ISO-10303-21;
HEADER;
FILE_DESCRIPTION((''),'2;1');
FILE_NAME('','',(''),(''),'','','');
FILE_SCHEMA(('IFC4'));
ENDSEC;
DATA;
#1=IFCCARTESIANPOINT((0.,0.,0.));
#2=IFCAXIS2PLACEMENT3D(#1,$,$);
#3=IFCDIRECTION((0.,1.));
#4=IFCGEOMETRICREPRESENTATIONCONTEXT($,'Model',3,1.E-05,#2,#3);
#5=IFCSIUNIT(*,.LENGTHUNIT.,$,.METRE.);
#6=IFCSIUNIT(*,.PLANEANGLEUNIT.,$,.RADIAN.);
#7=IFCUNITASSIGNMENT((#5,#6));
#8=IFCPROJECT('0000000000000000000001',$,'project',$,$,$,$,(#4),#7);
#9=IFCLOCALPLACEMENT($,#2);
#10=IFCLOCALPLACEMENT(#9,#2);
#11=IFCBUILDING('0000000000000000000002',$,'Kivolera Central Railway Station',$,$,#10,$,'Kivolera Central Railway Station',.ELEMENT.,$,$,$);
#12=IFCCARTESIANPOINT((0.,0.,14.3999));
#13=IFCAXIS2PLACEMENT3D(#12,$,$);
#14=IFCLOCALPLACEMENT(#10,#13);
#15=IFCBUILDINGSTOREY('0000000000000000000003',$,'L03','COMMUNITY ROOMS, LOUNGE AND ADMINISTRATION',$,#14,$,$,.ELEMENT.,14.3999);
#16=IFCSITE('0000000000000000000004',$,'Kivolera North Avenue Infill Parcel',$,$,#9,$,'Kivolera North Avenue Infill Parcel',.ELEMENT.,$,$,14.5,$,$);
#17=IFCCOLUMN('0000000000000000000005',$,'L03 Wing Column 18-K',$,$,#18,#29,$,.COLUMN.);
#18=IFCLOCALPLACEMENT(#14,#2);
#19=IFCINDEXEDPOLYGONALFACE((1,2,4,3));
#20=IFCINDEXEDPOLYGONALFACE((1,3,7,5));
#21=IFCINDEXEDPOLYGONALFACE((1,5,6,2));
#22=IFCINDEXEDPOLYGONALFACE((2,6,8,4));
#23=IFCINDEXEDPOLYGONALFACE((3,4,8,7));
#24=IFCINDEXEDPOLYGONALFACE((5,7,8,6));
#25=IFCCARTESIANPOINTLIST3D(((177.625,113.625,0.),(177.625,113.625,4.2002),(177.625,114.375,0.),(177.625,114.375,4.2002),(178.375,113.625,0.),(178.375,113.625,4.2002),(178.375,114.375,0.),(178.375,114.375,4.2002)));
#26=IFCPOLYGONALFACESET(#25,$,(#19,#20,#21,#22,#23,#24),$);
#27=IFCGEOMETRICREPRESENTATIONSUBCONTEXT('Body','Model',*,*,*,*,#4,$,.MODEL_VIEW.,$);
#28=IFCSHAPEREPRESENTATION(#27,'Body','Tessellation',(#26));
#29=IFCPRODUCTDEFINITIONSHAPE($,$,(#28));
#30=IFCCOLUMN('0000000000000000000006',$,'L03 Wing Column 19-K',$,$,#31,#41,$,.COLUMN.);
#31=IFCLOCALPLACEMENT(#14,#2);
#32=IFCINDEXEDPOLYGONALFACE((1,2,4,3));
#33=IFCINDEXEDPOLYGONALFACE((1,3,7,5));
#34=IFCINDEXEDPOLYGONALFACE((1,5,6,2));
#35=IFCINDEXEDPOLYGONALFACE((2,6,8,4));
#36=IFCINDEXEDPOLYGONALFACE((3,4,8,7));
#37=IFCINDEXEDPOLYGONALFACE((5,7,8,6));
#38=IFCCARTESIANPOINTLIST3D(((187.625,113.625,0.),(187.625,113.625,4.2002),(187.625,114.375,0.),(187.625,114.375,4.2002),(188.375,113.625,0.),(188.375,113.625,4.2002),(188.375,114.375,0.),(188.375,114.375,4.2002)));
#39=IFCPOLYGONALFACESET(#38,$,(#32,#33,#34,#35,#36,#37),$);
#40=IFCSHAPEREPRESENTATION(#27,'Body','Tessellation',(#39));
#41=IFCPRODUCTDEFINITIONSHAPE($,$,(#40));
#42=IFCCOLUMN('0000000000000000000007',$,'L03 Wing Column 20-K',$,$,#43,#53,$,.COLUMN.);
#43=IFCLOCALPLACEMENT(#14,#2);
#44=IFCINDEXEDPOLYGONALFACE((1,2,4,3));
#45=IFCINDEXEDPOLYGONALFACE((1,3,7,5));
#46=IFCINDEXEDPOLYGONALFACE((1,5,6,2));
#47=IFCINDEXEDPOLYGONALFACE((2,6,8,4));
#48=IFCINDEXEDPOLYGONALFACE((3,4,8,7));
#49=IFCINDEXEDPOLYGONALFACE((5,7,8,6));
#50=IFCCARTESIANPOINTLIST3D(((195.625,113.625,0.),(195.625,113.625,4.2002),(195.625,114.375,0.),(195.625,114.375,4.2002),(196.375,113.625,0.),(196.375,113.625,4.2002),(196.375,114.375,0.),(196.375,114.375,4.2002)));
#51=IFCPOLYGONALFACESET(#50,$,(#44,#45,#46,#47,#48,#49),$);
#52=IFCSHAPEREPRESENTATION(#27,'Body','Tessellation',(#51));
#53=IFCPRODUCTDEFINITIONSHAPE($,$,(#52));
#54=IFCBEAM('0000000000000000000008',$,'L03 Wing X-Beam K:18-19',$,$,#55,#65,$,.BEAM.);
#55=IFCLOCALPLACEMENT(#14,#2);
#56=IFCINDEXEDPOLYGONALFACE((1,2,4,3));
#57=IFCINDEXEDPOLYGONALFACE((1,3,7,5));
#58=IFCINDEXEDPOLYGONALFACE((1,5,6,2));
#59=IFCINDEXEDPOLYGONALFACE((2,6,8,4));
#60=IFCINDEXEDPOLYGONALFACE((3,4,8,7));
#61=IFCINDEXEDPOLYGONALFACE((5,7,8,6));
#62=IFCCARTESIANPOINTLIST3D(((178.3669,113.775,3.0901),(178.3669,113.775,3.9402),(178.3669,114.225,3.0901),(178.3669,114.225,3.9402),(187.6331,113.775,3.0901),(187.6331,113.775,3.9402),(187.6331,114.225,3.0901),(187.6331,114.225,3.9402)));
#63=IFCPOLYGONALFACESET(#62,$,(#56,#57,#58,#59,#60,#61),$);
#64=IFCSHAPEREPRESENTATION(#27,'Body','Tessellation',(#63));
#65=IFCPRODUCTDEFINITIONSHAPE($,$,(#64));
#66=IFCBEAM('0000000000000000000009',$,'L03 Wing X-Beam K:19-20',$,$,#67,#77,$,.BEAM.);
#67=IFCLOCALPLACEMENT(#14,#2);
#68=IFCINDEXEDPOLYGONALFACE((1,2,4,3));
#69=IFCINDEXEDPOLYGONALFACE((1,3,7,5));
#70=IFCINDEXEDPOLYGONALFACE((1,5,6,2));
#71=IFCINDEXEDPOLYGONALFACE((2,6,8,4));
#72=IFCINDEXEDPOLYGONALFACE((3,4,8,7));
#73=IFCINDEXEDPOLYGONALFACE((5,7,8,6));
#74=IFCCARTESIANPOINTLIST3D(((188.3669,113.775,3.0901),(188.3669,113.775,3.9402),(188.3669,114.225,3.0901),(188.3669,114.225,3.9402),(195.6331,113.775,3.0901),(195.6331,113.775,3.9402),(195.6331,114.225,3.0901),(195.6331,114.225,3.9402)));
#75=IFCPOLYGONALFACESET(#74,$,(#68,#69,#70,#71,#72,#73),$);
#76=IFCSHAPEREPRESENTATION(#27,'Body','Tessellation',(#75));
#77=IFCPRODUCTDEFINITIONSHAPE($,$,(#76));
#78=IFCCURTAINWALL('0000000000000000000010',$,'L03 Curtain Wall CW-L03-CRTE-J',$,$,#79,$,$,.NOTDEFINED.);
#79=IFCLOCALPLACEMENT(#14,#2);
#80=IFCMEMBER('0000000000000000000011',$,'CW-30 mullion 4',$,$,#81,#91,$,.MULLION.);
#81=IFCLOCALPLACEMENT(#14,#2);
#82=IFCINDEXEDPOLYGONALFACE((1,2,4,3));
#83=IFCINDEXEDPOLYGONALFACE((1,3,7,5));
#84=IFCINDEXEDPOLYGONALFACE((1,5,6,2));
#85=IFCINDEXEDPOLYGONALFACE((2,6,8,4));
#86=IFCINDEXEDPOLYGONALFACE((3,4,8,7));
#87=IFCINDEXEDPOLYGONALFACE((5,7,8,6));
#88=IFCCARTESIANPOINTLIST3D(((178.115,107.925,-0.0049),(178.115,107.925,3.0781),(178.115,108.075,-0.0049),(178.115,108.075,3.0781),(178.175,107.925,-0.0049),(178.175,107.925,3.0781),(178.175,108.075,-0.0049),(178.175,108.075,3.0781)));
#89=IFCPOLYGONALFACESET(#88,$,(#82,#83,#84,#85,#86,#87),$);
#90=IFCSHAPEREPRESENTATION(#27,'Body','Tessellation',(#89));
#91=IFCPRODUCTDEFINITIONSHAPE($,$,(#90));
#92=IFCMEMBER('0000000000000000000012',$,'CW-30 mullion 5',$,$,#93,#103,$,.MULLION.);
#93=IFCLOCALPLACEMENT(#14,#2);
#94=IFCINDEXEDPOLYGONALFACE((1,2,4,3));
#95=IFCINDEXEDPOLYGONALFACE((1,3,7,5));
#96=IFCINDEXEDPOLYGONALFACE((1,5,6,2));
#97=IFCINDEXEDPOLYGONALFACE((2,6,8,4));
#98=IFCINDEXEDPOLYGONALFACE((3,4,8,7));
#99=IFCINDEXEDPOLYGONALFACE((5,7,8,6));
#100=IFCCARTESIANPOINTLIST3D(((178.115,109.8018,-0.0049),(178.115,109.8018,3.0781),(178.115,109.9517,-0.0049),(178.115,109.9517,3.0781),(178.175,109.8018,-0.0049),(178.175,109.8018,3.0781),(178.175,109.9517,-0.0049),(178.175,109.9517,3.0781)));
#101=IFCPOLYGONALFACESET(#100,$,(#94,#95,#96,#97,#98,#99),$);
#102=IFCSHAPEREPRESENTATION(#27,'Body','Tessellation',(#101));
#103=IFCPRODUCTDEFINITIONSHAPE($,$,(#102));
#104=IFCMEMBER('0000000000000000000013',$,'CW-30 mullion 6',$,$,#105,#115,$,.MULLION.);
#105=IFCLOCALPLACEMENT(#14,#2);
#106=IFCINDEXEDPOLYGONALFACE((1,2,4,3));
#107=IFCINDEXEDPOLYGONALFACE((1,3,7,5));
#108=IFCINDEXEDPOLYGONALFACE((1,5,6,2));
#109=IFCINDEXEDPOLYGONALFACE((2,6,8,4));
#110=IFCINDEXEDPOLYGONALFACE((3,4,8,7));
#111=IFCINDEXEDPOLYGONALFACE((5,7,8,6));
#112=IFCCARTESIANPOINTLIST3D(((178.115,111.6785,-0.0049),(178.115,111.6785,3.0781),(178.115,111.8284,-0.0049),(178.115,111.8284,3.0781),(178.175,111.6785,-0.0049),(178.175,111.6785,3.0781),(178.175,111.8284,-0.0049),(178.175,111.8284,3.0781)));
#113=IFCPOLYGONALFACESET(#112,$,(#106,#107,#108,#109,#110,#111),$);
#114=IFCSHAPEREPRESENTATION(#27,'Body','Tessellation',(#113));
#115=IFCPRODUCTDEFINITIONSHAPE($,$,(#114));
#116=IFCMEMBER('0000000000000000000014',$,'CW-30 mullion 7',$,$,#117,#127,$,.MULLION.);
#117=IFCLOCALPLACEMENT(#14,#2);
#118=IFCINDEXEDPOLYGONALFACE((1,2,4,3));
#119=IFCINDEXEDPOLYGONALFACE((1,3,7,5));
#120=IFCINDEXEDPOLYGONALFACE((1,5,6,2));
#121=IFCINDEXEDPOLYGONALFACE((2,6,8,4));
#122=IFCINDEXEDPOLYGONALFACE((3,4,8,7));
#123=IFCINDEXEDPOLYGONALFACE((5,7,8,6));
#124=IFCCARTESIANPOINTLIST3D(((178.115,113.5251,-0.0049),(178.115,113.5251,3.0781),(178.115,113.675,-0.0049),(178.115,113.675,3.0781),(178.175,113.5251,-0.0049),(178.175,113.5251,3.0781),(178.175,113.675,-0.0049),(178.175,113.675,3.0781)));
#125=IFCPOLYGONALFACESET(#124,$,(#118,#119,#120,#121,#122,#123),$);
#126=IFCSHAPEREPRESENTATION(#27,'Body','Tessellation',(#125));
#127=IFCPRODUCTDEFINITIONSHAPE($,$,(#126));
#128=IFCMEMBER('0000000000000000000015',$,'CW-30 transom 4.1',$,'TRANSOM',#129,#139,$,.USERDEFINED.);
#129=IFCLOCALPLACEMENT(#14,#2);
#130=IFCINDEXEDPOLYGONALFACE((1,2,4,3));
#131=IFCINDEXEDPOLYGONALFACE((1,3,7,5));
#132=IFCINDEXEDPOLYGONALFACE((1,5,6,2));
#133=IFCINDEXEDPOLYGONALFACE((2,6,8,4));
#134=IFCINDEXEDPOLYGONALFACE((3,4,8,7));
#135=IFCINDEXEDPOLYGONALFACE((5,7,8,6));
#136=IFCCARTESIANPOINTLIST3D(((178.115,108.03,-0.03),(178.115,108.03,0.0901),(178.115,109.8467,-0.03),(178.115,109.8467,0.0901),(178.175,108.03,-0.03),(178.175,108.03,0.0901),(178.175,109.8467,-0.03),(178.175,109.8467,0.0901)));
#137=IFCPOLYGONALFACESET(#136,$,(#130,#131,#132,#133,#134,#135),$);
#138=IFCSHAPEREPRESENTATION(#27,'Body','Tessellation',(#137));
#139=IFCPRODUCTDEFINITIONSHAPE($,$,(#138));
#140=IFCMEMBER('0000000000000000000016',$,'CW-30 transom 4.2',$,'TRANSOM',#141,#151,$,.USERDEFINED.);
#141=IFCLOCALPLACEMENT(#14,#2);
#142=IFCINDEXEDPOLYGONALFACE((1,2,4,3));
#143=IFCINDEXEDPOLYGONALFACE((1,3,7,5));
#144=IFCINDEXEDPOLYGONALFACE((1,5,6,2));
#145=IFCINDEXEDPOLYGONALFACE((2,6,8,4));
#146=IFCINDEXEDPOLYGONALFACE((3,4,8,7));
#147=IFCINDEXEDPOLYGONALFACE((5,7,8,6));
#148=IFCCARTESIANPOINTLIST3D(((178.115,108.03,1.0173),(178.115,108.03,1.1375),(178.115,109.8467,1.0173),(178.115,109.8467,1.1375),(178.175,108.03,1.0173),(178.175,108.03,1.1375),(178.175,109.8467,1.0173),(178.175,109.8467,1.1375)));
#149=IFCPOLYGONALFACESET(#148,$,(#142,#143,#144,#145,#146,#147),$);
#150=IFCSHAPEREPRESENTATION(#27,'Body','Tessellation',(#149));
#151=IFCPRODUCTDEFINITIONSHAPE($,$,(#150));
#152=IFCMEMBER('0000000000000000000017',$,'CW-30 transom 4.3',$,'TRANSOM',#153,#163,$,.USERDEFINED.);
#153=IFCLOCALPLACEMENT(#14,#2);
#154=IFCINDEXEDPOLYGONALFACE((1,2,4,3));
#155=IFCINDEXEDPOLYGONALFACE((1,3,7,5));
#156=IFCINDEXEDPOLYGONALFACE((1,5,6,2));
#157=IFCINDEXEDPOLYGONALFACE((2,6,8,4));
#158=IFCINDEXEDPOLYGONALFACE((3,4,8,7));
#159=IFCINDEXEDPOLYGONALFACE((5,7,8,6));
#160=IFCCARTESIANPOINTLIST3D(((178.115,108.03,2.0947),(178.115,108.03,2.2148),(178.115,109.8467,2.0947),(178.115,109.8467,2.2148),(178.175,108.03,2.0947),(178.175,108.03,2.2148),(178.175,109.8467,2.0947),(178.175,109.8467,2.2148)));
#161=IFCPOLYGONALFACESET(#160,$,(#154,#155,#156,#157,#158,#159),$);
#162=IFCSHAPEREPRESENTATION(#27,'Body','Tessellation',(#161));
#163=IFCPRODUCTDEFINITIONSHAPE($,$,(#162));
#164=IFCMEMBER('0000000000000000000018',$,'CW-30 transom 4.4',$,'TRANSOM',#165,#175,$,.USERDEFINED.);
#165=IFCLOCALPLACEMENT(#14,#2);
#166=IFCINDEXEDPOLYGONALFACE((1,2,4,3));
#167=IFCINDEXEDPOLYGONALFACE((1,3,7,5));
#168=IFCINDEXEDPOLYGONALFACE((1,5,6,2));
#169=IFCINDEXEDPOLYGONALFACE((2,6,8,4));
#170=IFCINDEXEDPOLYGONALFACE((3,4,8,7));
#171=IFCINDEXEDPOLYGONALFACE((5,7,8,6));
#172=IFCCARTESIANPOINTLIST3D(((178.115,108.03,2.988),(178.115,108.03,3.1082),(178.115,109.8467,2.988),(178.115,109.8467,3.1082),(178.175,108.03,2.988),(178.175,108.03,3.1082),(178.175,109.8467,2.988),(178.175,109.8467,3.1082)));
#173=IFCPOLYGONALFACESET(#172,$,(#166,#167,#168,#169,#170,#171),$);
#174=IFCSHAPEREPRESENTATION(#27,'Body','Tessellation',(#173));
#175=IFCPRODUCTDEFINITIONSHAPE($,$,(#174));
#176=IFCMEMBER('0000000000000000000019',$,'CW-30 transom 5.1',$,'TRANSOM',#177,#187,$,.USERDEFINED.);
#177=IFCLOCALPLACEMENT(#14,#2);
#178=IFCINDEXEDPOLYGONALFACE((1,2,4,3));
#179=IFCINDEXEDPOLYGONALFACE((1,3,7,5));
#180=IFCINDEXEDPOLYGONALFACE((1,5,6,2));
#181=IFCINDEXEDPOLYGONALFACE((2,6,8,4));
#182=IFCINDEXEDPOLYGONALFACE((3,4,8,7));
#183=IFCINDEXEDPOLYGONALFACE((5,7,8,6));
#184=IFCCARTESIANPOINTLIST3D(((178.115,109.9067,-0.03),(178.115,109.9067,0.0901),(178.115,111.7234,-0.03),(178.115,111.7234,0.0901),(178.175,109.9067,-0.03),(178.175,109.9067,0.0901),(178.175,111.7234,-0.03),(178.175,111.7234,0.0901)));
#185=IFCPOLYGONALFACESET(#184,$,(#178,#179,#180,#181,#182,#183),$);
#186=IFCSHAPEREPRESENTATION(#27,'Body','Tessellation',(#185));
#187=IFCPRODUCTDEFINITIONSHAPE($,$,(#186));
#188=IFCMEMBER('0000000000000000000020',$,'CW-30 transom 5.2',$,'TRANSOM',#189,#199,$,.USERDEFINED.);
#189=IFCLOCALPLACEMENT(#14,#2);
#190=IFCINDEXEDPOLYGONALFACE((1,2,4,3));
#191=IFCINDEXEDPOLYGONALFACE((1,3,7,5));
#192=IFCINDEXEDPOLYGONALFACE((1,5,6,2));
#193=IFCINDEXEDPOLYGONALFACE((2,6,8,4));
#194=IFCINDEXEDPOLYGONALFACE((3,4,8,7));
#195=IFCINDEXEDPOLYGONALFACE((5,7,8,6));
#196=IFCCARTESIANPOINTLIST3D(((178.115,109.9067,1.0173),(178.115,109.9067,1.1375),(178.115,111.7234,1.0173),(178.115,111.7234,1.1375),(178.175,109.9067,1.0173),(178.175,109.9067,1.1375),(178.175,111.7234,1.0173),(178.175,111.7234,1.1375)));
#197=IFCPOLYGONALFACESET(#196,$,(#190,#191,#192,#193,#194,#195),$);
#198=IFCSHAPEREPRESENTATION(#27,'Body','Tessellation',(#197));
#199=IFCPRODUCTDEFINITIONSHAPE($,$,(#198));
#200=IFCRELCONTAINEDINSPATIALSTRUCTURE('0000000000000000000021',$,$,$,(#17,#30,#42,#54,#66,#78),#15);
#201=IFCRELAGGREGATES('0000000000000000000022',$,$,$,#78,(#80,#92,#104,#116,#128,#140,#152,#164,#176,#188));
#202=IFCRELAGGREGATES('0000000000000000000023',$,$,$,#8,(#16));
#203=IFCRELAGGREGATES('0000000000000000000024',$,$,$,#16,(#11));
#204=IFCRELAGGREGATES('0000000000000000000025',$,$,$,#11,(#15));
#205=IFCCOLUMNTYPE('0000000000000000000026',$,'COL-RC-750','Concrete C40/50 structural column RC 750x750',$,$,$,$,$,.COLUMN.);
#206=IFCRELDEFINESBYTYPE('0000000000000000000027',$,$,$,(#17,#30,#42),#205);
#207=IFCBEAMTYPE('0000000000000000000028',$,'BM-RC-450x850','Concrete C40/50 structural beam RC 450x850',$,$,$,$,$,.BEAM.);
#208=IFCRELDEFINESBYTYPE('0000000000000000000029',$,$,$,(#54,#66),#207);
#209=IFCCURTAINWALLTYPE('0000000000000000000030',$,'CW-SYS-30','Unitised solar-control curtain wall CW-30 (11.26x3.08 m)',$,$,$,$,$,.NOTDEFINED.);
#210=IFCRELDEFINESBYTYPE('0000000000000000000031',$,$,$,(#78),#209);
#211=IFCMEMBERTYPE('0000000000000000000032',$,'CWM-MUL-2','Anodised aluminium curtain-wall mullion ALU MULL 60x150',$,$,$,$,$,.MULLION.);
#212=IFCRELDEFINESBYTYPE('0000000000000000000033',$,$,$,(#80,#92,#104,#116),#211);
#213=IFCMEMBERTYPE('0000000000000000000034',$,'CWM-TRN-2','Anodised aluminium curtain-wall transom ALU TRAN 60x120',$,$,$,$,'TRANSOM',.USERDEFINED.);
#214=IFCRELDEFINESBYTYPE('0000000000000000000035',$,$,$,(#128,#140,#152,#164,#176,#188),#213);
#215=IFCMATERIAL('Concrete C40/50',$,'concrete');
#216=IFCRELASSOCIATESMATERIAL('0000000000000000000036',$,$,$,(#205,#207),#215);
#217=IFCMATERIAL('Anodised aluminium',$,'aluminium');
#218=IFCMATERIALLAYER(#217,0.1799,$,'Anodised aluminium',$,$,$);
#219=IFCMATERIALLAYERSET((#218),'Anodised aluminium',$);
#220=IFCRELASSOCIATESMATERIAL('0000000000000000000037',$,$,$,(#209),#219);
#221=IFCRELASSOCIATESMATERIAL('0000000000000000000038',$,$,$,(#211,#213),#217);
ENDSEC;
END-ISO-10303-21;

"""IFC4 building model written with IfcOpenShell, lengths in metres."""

from ifc_helpers import new_model, si_unit, direction, frame, origin, origin_2d, place, context, subcontext, project, spatial, rectangle, extrude, material, layer, layer_set, material_profile, profile_set, type_object, element, aggregate, save


model = new_model("IFC4")

# Units and contexts
model_context = context("Model", 3, precision=1e-05, world=origin(), true_north=direction((0.0, 1.0)))
body_context = subcontext(model_context, "Body", "Model", "MODEL_VIEW")
ifc_project = project(units=[si_unit("LENGTHUNIT", "METRE"), si_unit("PLANEANGLEUNIT", "RADIAN")], contexts=[model_context])

# Site, building, storey
site_placement = place(None, origin())
site = spatial("IfcSite", under=ifc_project, at=site_placement, Name="Kivolera North Avenue Infill Parcel", LongName="Kivolera North Avenue Infill Parcel", CompositionType="ELEMENT", RefElevation=14.5)
building_placement = place(site_placement, origin())
building = spatial("IfcBuilding", under=site, at=building_placement, Name="Kivolera Central Railway Station", LongName="Kivolera Central Railway Station", CompositionType="ELEMENT")
storey_placement = place(building_placement, frame((0.0, 0.0, 14.3999)))
storey = spatial("IfcBuildingStorey", under=building, at=storey_placement, Name="L03", Description="COMMUNITY ROOMS, LOUNGE AND ADMINISTRATION", CompositionType="ELEMENT", Elevation=14.3999)

# Columns
ifc_material_1 = material(Name="Concrete C40/50", Category="concrete")
ifc_material_profile_1 = material_profile(ifc_material_1, rectangle(XDim=0.75, YDim=0.75, at=origin_2d()), Name="RC 750x750")
ifc_profile_set_1 = profile_set([ifc_material_profile_1], Name="Concrete C40/50")
column_type = type_object("IfcColumnType", Name="COL-RC-750", Description="Concrete C40/50 structural column RC 750x750", PredefinedType="COLUMN", material=ifc_profile_set_1)
for number, where, z_axis, x_axis, name in (
    (1, (178.0, 114.0, 0.0), (0.0, 0.0, 1.0), (1.0, 0.0, 0.0), "L03 Wing Column 18-K"),
    (2, (188.0, 114.0, 0.0), (0.0, 0.0, 1.0), (1.0, 0.0, 0.0), "L03 Wing Column 19-K"),
    (3, (196.0, 114.0, 0.0), (0.0, 0.0, 1.0), (1.0, 0.0, 0.0), "L03 Wing Column 20-K"),
):
    element("IfcColumn", number, at=place(storey_placement, frame(where, z_axis=z_axis, x_axis=x_axis)), inside=storey, type_object=column_type, Name=name, PredefinedType="COLUMN", context=body_context, shape_type="SweptSolid", body=[
        extrude(rectangle(XDim=0.75, YDim=0.75, at=origin_2d()), origin(), (0.0, 0.0, 1.0), 4.2002),
    ])

# Beams
ifc_material_profile_2 = material_profile(ifc_material_1, rectangle(XDim=0.45, YDim=0.8501, at=origin_2d()), Name="RC 450x850")
ifc_profile_set_2 = profile_set([ifc_material_profile_2], Name="Concrete C40/50")
beam_type = type_object("IfcBeamType", Name="BM-RC-450x850", Description="Concrete C40/50 structural beam RC 450x850", PredefinedType="BEAM", material=ifc_profile_set_2)
beam_1_placement = place(storey_placement, frame((178.3669, 114.0, 3.5151), z_axis=(1.0, 0.0, 0.0), x_axis=(0.0, 1.0, 0.0)))
element("IfcBeam", 4, at=beam_1_placement, inside=storey, type_object=beam_type, Name="L03 Wing X-Beam K:18-19", PredefinedType="BEAM", context=body_context, shape_type="SweptSolid", body=[
    extrude(rectangle(XDim=0.45, YDim=0.8501, at=origin_2d()), origin(), (0.0, 0.0, 1.0), 9.2661),
])
beam_2_placement = place(storey_placement, frame((188.3669, 114.0, 3.5151), z_axis=(1.0, 0.0, 0.0), x_axis=(0.0, 1.0, 0.0)))
element("IfcBeam", 5, at=beam_2_placement, inside=storey, type_object=beam_type, Name="L03 Wing X-Beam K:19-20", PredefinedType="BEAM", context=body_context, shape_type="SweptSolid", body=[
    extrude(rectangle(XDim=0.45, YDim=0.8501, at=origin_2d()), origin(), (0.0, 0.0, 1.0), 7.2661),
])

# Curtain wall, members
ifc_material_2 = material(Name="Anodised aluminium", Category="aluminium")
ifc_layer_1 = layer(ifc_material_2, 0.1799, Name="Anodised aluminium")
ifc_layer_set_1 = layer_set([ifc_layer_1], Name="Anodised aluminium")
curtain_wall_type = type_object("IfcCurtainWallType", Name="CW-SYS-30", Description="Unitised solar-control curtain wall CW-30 (11.26x3.08 m)", PredefinedType="NOTDEFINED", material=ifc_layer_set_1)
curtain_wall_placement = place(storey_placement, origin())
curtain_wall = element("IfcCurtainWall", 6, at=curtain_wall_placement, inside=storey, type_object=curtain_wall_type, Name="L03 Curtain Wall CW-L03-CRTE-J", PredefinedType="NOTDEFINED")
ifc_material_profile_3 = material_profile(ifc_material_2, rectangle(XDim=0.0601, YDim=0.1499, at=origin_2d()), Name="ALU MULL 60x150")
ifc_profile_set_3 = profile_set([ifc_material_profile_3], Name="Anodised aluminium")
member_type_1 = type_object("IfcMemberType", Name="CWM-MUL-2", Description="Anodised aluminium curtain-wall mullion ALU MULL 60x150", PredefinedType="MULLION", material=ifc_profile_set_3)
member_1_placement = place(storey_placement, frame((178.145, 108.0, -0.0049), z_axis=(0.0, 0.0, 1.0), x_axis=(-1.0, 0.0, 0.0)))
member_1 = element("IfcMember", 7, at=member_1_placement, type_object=member_type_1, Name="CW-30 mullion 4", PredefinedType="MULLION", context=body_context, shape_type="SweptSolid", body=[
    extrude(rectangle(XDim=0.0601, YDim=0.1499, at=origin_2d()), origin(), (0.0, 0.0, 1.0), 3.083),
])
member_2_placement = place(storey_placement, frame((178.145, 109.8767, -0.0049), z_axis=(0.0, 0.0, 1.0), x_axis=(-1.0, 0.0, 0.0)))
member_2 = element("IfcMember", 8, at=member_2_placement, type_object=member_type_1, Name="CW-30 mullion 5", PredefinedType="MULLION", context=body_context, shape_type="SweptSolid", body=[
    extrude(rectangle(XDim=0.0601, YDim=0.1499, at=origin_2d()), origin(), (0.0, 0.0, 1.0), 3.083),
])
member_3_placement = place(storey_placement, frame((178.145, 111.7534, -0.0049), z_axis=(0.0, 0.0, 1.0), x_axis=(-1.0, 0.0, 0.0)))
member_3 = element("IfcMember", 9, at=member_3_placement, type_object=member_type_1, Name="CW-30 mullion 6", PredefinedType="MULLION", context=body_context, shape_type="SweptSolid", body=[
    extrude(rectangle(XDim=0.0601, YDim=0.1499, at=origin_2d()), origin(), (0.0, 0.0, 1.0), 3.083),
])
member_4_placement = place(storey_placement, frame((178.145, 113.6001, -0.0049), z_axis=(0.0, 0.0, 1.0), x_axis=(-1.0, 0.0, 0.0)))
member_4 = element("IfcMember", 10, at=member_4_placement, type_object=member_type_1, Name="CW-30 mullion 7", PredefinedType="MULLION", context=body_context, shape_type="SweptSolid", body=[
    extrude(rectangle(XDim=0.0601, YDim=0.1499, at=origin_2d()), origin(), (0.0, 0.0, 1.0), 3.083),
])
ifc_material_profile_4 = material_profile(ifc_material_2, rectangle(XDim=0.0601, YDim=0.1201, at=origin_2d()), Name="ALU TRAN 60x120")
ifc_profile_set_4 = profile_set([ifc_material_profile_4], Name="Anodised aluminium")
member_type_2 = type_object("IfcMemberType", Name="CWM-TRN-2", Description="Anodised aluminium curtain-wall transom ALU TRAN 60x120", ElementType="TRANSOM", PredefinedType="USERDEFINED", material=ifc_profile_set_4)
member_5_placement = place(storey_placement, frame((178.145, 108.03, 0.03), z_axis=(0.0, 1.0, 0.0), x_axis=(-1.0, 0.0, 0.0)))
member_5 = element("IfcMember", 11, at=member_5_placement, type_object=member_type_2, Name="CW-30 transom 4.1", ObjectType="TRANSOM", PredefinedType="USERDEFINED", context=body_context, shape_type="SweptSolid", body=[
    extrude(rectangle(XDim=0.0601, YDim=0.1201, at=origin_2d()), origin(), (0.0, 0.0, 1.0), 1.8167),
])
member_6_placement = place(storey_placement, frame((178.145, 108.03, 1.0774), z_axis=(0.0, 1.0, 0.0), x_axis=(-1.0, 0.0, 0.0)))
member_6 = element("IfcMember", 12, at=member_6_placement, type_object=member_type_2, Name="CW-30 transom 4.2", ObjectType="TRANSOM", PredefinedType="USERDEFINED", context=body_context, shape_type="SweptSolid", body=[
    extrude(rectangle(XDim=0.0601, YDim=0.1201, at=origin_2d()), origin(), (0.0, 0.0, 1.0), 1.8167),
])
member_7_placement = place(storey_placement, frame((178.145, 108.03, 2.1548), z_axis=(0.0, 1.0, 0.0), x_axis=(-1.0, 0.0, 0.0)))
member_7 = element("IfcMember", 13, at=member_7_placement, type_object=member_type_2, Name="CW-30 transom 4.3", ObjectType="TRANSOM", PredefinedType="USERDEFINED", context=body_context, shape_type="SweptSolid", body=[
    extrude(rectangle(XDim=0.0601, YDim=0.1201, at=origin_2d()), origin(), (0.0, 0.0, 1.0), 1.8167),
])
member_8_placement = place(storey_placement, frame((178.145, 108.03, 3.0481), z_axis=(0.0, 1.0, 0.0), x_axis=(-1.0, 0.0, 0.0)))
member_8 = element("IfcMember", 14, at=member_8_placement, type_object=member_type_2, Name="CW-30 transom 4.4", ObjectType="TRANSOM", PredefinedType="USERDEFINED", context=body_context, shape_type="SweptSolid", body=[
    extrude(rectangle(XDim=0.0601, YDim=0.1201, at=origin_2d()), origin(), (0.0, 0.0, 1.0), 1.8167),
])
member_9_placement = place(storey_placement, frame((178.145, 109.9067, 0.03), z_axis=(0.0, 1.0, 0.0), x_axis=(-1.0, 0.0, 0.0)))
member_9 = element("IfcMember", 15, at=member_9_placement, type_object=member_type_2, Name="CW-30 transom 5.1", ObjectType="TRANSOM", PredefinedType="USERDEFINED", context=body_context, shape_type="SweptSolid", body=[
    extrude(rectangle(XDim=0.0601, YDim=0.1201, at=origin_2d()), origin(), (0.0, 0.0, 1.0), 1.8167),
])
member_10_placement = place(storey_placement, frame((178.145, 109.9067, 1.0774), z_axis=(0.0, 1.0, 0.0), x_axis=(-1.0, 0.0, 0.0)))
member_10 = element("IfcMember", 16, at=member_10_placement, type_object=member_type_2, Name="CW-30 transom 5.2", ObjectType="TRANSOM", PredefinedType="USERDEFINED", context=body_context, shape_type="SweptSolid", body=[
    extrude(rectangle(XDim=0.0601, YDim=0.1201, at=origin_2d()), origin(), (0.0, 0.0, 1.0), 1.8167),
])
aggregate(curtain_wall, [member_1, member_2, member_3, member_4, member_5, member_6, member_7, member_8, member_9, member_10])

save(model, "model.ifc")
